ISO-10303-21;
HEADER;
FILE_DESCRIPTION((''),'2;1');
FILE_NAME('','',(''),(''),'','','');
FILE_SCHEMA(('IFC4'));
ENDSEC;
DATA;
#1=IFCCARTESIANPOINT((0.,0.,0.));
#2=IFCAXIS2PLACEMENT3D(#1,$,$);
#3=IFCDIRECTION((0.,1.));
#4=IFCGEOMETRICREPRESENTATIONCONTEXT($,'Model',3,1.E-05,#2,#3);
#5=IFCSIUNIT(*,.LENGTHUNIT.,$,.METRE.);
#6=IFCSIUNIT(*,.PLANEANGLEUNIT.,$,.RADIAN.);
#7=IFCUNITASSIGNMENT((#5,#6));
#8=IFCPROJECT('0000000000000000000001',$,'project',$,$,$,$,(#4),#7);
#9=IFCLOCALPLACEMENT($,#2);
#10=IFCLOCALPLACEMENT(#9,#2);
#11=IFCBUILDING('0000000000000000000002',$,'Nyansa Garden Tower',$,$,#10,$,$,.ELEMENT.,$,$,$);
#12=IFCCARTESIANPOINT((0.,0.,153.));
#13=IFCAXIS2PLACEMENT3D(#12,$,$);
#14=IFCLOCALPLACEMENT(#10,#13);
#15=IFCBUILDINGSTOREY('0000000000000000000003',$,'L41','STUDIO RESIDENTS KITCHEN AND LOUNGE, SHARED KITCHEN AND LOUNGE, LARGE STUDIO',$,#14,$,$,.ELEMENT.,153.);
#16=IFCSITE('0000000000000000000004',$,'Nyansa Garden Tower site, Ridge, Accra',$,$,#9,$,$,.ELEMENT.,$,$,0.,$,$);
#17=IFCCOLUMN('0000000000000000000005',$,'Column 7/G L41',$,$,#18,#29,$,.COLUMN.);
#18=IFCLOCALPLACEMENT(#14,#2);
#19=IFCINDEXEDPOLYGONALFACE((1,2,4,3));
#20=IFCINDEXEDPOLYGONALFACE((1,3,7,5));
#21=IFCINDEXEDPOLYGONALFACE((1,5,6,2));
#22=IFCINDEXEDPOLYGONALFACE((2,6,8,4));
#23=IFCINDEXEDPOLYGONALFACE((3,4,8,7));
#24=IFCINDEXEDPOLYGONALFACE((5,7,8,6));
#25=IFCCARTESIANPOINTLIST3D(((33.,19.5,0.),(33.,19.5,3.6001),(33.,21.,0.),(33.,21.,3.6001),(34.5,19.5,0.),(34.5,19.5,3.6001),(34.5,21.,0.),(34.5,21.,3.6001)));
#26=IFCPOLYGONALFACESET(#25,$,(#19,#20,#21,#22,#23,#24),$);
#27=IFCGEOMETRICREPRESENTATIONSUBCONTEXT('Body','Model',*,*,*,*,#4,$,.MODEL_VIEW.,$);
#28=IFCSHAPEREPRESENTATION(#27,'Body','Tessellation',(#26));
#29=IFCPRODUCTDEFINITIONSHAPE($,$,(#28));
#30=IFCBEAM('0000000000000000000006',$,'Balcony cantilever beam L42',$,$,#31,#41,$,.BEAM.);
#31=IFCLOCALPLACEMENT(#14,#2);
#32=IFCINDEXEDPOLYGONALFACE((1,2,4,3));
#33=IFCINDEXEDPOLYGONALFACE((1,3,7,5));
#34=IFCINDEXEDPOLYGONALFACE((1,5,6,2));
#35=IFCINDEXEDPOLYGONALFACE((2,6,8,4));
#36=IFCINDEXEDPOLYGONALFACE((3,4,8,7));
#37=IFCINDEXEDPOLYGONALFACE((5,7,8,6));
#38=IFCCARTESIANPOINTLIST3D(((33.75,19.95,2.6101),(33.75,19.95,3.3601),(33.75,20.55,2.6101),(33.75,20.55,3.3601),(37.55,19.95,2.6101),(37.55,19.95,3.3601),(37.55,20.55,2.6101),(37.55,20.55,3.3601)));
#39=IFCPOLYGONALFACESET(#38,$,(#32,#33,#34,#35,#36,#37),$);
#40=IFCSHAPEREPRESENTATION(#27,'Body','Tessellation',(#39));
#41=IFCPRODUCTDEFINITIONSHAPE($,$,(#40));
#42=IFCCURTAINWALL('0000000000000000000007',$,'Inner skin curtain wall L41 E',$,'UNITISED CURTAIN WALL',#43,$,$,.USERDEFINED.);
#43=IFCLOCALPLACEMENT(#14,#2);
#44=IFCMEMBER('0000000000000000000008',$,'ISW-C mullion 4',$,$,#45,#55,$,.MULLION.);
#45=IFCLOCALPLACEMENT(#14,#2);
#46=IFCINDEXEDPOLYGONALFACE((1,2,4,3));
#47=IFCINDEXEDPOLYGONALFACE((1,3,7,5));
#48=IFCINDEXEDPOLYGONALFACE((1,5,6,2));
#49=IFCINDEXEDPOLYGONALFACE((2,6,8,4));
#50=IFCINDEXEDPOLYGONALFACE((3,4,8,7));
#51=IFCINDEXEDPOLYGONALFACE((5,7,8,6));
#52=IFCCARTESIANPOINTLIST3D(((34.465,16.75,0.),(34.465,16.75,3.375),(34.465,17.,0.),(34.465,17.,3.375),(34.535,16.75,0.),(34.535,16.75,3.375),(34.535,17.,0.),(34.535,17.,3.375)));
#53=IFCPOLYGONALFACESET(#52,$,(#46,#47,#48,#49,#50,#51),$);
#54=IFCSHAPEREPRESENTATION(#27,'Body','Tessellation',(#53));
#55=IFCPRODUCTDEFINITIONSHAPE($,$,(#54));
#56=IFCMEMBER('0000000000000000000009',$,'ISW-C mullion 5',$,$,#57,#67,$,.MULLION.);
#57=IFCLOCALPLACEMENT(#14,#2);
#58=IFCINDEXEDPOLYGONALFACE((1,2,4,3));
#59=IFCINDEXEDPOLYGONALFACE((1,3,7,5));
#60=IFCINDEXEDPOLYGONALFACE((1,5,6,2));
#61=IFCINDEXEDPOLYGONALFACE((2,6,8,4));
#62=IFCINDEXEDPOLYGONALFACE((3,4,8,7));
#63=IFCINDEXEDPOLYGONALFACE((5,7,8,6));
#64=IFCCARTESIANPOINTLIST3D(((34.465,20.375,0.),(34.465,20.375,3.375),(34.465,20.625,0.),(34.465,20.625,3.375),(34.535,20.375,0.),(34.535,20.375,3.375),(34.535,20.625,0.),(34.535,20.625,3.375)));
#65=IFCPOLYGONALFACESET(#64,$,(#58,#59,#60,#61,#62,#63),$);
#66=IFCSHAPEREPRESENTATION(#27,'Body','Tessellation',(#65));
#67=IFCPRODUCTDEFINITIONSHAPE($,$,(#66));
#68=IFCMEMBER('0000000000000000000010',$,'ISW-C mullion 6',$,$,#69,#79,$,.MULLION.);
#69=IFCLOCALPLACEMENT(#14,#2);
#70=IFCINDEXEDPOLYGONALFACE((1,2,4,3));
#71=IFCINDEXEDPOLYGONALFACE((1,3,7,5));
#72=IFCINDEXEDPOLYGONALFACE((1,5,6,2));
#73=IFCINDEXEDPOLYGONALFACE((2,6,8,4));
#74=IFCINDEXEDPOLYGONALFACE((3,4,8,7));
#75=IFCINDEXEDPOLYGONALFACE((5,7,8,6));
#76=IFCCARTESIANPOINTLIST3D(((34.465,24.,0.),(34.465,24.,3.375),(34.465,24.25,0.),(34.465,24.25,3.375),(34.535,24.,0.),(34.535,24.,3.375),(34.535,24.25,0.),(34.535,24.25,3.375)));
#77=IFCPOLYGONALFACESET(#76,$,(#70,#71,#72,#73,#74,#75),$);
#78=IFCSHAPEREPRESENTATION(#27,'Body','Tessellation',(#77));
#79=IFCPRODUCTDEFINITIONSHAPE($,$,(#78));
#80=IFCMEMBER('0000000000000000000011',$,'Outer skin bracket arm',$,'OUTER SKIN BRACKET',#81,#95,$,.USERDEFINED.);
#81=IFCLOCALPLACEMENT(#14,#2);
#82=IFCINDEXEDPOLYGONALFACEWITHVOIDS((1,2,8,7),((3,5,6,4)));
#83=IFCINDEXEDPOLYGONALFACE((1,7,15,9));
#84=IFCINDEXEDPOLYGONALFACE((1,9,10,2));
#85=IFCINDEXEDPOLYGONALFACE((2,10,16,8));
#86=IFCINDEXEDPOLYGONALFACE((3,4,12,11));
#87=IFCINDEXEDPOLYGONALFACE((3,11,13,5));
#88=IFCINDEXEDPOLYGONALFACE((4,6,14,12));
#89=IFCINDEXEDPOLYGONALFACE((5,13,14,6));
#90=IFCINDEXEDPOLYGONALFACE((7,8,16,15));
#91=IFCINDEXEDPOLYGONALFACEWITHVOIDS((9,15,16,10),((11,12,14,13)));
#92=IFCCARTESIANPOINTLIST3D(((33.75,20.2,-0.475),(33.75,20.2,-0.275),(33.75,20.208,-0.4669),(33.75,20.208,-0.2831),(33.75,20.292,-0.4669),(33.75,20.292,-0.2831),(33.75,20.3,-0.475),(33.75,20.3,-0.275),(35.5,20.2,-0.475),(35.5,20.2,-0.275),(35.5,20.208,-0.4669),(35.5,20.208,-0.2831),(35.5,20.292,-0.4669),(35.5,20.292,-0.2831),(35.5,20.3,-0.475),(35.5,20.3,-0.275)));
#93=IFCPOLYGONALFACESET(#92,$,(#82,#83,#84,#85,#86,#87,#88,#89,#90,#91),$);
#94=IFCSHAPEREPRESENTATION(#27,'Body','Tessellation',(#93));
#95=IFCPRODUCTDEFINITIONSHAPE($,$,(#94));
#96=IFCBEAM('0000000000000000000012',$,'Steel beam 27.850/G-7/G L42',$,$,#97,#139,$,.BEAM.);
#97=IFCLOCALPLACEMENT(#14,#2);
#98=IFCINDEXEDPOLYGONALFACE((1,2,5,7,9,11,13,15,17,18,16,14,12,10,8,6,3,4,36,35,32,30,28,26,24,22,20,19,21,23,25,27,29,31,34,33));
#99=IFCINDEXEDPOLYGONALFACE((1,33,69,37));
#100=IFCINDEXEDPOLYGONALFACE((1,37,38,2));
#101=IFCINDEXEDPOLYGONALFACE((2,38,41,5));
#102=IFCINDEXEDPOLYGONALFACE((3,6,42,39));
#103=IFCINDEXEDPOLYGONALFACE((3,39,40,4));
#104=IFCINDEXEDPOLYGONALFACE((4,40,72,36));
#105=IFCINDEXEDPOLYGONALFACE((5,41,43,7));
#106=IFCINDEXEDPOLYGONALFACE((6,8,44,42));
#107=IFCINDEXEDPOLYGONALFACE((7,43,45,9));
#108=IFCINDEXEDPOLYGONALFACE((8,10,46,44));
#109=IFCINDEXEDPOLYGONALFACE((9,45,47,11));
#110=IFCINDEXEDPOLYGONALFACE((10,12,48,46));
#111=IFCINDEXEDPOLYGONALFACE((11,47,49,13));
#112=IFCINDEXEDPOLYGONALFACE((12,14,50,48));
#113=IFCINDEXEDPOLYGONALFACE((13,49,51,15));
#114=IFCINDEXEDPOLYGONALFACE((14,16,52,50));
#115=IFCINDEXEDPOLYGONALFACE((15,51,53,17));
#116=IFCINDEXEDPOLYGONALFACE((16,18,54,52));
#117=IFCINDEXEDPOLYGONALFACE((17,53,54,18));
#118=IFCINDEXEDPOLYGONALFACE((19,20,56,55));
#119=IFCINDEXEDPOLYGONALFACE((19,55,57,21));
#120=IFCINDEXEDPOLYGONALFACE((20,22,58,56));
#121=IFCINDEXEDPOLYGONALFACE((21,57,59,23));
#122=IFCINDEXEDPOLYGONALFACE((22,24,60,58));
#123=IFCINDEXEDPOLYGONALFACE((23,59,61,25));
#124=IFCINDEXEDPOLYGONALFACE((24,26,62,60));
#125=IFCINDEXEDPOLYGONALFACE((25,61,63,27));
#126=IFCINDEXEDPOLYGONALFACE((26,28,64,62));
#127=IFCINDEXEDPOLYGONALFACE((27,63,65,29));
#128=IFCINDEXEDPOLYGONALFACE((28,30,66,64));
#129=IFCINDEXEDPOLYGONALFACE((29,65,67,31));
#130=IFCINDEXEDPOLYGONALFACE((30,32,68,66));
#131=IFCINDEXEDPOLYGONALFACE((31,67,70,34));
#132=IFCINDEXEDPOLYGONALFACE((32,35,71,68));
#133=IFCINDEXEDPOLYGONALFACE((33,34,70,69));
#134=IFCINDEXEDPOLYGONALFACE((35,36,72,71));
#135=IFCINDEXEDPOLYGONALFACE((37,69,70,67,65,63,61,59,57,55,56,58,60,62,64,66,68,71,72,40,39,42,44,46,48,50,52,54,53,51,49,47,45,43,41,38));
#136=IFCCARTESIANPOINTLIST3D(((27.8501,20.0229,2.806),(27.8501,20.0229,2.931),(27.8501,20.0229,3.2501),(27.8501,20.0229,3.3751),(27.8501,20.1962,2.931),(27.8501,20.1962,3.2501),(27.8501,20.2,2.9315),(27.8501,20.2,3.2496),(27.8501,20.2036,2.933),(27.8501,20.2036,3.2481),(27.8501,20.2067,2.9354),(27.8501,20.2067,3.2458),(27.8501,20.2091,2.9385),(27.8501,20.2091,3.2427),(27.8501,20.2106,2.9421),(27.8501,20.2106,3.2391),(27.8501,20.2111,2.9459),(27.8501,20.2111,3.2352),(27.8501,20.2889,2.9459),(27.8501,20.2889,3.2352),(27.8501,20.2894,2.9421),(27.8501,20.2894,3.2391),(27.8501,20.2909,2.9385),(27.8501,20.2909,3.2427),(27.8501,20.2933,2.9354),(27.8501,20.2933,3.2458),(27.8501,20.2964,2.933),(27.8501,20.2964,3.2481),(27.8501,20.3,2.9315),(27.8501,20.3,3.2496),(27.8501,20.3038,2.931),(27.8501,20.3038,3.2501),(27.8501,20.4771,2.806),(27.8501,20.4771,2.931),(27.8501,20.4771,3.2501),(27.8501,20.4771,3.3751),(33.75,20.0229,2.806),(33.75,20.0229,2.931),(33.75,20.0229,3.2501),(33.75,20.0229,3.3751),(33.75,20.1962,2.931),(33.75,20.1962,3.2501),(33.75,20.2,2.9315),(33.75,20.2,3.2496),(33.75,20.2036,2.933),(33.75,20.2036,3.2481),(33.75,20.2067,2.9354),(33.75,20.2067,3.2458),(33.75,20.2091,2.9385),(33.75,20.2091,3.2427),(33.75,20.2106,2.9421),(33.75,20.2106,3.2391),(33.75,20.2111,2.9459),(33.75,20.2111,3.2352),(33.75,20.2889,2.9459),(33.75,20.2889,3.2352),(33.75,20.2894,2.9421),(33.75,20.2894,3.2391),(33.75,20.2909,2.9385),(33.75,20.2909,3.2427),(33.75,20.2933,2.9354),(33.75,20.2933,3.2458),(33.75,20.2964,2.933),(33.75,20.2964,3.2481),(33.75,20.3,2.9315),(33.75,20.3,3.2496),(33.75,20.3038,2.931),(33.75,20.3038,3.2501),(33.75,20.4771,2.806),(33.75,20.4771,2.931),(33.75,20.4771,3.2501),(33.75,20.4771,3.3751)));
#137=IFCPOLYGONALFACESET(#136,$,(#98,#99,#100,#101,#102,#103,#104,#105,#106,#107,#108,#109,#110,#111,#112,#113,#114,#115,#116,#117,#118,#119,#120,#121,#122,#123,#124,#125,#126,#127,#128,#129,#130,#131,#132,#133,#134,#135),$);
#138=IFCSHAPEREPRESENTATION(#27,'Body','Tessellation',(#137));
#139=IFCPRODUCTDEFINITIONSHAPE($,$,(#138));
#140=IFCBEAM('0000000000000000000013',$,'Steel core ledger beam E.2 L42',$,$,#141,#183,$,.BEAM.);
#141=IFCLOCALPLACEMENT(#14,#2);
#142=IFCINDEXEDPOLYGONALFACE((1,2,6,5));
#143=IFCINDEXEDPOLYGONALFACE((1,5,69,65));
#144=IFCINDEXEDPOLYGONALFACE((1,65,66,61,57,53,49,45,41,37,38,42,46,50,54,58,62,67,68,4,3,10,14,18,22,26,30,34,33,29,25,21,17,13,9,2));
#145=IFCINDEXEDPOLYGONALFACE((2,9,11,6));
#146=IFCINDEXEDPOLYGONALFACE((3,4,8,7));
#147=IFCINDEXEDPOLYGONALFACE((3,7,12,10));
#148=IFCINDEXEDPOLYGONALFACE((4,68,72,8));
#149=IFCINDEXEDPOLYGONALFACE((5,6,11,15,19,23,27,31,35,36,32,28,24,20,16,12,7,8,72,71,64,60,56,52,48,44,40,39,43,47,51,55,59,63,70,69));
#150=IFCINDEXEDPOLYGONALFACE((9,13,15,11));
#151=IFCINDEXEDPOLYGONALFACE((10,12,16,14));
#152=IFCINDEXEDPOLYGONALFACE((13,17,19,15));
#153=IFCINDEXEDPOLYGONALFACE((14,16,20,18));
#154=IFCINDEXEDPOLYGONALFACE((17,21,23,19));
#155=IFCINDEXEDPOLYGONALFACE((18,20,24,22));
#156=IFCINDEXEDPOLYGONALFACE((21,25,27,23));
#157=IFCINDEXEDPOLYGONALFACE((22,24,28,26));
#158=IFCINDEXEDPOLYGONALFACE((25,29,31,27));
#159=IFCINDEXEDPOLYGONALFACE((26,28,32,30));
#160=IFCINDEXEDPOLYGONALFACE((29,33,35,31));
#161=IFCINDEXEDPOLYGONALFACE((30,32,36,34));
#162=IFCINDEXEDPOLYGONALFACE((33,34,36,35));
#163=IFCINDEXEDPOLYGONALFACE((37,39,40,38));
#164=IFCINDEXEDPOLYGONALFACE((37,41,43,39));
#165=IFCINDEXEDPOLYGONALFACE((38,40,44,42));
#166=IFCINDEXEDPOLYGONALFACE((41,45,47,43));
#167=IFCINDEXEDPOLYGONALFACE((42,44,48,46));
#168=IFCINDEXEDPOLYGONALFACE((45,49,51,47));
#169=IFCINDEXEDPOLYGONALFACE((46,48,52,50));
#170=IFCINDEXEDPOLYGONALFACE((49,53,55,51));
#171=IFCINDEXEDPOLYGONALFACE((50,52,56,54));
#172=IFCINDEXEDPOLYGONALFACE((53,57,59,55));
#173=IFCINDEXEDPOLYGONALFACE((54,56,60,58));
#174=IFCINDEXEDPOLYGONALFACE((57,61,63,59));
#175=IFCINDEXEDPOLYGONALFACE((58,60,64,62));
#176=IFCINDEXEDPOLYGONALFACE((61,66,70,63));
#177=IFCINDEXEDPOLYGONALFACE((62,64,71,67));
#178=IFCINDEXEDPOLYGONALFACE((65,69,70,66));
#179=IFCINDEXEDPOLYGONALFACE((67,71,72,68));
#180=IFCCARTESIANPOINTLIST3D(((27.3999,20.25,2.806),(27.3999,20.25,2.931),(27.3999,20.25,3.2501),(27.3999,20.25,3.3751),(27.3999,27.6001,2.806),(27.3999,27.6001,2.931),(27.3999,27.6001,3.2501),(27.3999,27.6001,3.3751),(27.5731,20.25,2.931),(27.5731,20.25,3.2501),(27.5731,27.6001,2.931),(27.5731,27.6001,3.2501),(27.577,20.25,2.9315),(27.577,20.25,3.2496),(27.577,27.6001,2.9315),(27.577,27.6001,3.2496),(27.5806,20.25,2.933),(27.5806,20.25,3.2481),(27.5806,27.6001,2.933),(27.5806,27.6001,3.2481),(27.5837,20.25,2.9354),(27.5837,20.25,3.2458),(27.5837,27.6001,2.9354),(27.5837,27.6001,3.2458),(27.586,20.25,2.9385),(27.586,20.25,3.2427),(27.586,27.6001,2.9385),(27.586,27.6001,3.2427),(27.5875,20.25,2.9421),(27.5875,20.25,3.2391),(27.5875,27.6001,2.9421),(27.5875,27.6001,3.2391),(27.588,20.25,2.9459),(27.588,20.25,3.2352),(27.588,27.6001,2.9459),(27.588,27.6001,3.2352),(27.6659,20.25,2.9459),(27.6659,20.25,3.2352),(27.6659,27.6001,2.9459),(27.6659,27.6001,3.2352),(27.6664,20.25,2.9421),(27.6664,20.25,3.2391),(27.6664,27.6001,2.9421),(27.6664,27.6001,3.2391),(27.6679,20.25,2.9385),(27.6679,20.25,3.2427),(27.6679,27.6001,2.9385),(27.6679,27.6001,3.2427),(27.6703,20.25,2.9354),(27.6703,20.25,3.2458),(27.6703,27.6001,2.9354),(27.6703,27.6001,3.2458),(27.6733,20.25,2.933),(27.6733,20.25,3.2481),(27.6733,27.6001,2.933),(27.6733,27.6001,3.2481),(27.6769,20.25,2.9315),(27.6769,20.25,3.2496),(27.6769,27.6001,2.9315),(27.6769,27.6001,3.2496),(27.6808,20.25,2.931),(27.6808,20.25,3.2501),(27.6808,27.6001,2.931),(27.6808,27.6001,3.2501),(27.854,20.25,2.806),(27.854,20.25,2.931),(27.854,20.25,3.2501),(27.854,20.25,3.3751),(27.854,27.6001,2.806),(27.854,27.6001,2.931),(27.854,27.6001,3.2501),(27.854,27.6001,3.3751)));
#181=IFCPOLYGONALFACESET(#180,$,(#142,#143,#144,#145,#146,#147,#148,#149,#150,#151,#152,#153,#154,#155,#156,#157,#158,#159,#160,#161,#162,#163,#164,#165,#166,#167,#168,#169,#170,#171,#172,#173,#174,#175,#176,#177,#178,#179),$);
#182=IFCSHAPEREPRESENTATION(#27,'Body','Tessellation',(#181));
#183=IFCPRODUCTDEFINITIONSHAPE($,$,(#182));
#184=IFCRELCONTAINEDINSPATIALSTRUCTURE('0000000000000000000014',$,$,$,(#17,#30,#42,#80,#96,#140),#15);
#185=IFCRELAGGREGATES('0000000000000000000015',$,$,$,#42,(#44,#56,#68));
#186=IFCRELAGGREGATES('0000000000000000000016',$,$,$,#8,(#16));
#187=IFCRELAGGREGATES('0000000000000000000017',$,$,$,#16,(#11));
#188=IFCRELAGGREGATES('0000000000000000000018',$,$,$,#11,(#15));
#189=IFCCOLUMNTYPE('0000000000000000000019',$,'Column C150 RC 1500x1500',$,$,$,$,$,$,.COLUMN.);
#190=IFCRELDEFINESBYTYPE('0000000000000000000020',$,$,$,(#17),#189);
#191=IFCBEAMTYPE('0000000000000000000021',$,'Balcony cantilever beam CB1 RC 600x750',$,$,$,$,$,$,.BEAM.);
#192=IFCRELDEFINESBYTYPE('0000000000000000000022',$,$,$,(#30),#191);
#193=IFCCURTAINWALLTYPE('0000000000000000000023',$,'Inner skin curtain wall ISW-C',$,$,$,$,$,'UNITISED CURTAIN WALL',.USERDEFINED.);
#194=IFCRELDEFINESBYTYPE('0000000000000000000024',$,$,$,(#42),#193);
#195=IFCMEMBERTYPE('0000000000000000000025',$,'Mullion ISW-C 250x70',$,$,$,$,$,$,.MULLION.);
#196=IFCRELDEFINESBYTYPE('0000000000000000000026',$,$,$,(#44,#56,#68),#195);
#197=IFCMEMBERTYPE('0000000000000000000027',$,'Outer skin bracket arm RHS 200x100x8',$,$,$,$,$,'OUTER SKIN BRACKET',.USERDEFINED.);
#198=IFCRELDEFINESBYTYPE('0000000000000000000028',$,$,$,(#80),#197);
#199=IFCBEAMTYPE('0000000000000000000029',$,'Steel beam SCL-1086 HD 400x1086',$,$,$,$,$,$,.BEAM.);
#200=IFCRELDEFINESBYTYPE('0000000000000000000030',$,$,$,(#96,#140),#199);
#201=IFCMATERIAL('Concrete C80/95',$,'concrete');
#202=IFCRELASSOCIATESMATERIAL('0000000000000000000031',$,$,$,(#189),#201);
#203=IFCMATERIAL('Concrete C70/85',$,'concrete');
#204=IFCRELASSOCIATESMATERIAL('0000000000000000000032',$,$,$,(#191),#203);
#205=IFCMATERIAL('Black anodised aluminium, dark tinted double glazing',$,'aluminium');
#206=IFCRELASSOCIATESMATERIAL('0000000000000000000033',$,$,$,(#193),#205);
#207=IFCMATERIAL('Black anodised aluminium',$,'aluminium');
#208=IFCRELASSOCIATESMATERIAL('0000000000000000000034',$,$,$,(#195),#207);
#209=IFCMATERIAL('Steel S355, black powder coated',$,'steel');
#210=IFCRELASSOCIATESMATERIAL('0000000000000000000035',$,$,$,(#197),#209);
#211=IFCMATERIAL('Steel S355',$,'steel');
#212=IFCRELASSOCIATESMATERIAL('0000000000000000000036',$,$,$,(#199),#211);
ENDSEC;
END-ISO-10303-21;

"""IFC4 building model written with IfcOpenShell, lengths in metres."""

from ifc_helpers import new_model, si_unit, direction, frame, origin, origin_2d, place, context, subcontext, project, spatial, rectangle, hollow_rectangle, i_section, extrude, material, material_profile, profile_set, type_object, element, aggregate, save


model = new_model("IFC4")

# Units and contexts
model_context = context("Model", 3, precision=1e-05, world=origin(), true_north=direction((0.0, 1.0)))
body_context = subcontext(model_context, "Body", "Model", "MODEL_VIEW")
ifc_project = project(units=[si_unit("LENGTHUNIT", "METRE"), si_unit("PLANEANGLEUNIT", "RADIAN")], contexts=[model_context])

# Site, building, storey
site_placement = place(None, origin())
site = spatial("IfcSite", under=ifc_project, at=site_placement, Name="Nyansa Garden Tower site, Ridge, Accra", CompositionType="ELEMENT", RefElevation=0.0)
building_placement = place(site_placement, origin())
building = spatial("IfcBuilding", under=site, at=building_placement, Name="Nyansa Garden Tower", CompositionType="ELEMENT")
storey_placement = place(building_placement, frame((0.0, 0.0, 153.0)))
storey = spatial("IfcBuildingStorey", under=building, at=storey_placement, Name="L41", Description="STUDIO RESIDENTS KITCHEN AND LOUNGE, SHARED KITCHEN AND LOUNGE, LARGE STUDIO", CompositionType="ELEMENT", Elevation=153.0)

# Column
ifc_material_1 = material(Name="Concrete C80/95", Category="concrete")
ifc_material_profile_1 = material_profile(ifc_material_1, rectangle(XDim=1.5, YDim=1.5, at=origin_2d()), Name="RC 1500x1500")
ifc_profile_set_1 = profile_set([ifc_material_profile_1], Name="Concrete C80/95")
column_type = type_object("IfcColumnType", Name="Column C150 RC 1500x1500", PredefinedType="COLUMN", material=ifc_profile_set_1)
column_placement = place(storey_placement, frame((33.75, 20.25, 0.0), z_axis=(0.0, 0.0, 1.0), x_axis=(1.0, 0.0, 0.0)))
element("IfcColumn", 1, at=column_placement, inside=storey, type_object=column_type, Name="Column 7/G L41", PredefinedType="COLUMN", context=body_context, shape_type="SweptSolid", body=[
    extrude(rectangle(XDim=1.5, YDim=1.5, at=origin_2d()), origin(), (0.0, 0.0, 1.0), 3.6001),
])

# Beam
ifc_material_2 = material(Name="Concrete C70/85", Category="concrete")
ifc_material_profile_2 = material_profile(ifc_material_2, rectangle(XDim=0.6001, YDim=0.75, at=origin_2d()), Name="RC 600x750")
ifc_profile_set_2 = profile_set([ifc_material_profile_2], Name="Concrete C70/85")
beam_type_1 = type_object("IfcBeamType", Name="Balcony cantilever beam CB1 RC 600x750", PredefinedType="BEAM", material=ifc_profile_set_2)
beam_1_placement = place(storey_placement, frame((33.75, 20.25, 2.9851), z_axis=(1.0, 0.0, 0.0), x_axis=(0.0, 1.0, 0.0)))
element("IfcBeam", 2, at=beam_1_placement, inside=storey, type_object=beam_type_1, Name="Balcony cantilever beam L42", PredefinedType="BEAM", context=body_context, shape_type="SweptSolid", body=[
    extrude(rectangle(XDim=0.6001, YDim=0.75, at=origin_2d()), origin(), (0.0, 0.0, 1.0), 3.8),
])

# Curtain wall, members
ifc_material_3 = material(Name="Black anodised aluminium, dark tinted double glazing", Category="aluminium")
curtain_wall_type = type_object("IfcCurtainWallType", Name="Inner skin curtain wall ISW-C", ElementType="UNITISED CURTAIN WALL", PredefinedType="USERDEFINED", material=ifc_material_3)
curtain_wall_placement = place(storey_placement, origin())
curtain_wall = element("IfcCurtainWall", 3, at=curtain_wall_placement, inside=storey, type_object=curtain_wall_type, Name="Inner skin curtain wall L41 E", ObjectType="UNITISED CURTAIN WALL", PredefinedType="USERDEFINED")
ifc_material_4 = material(Name="Black anodised aluminium", Category="aluminium")
ifc_material_profile_3 = material_profile(ifc_material_4, rectangle(XDim=0.0701, YDim=0.25, at=origin_2d()), Name="Mullion 250x70")
ifc_profile_set_3 = profile_set([ifc_material_profile_3], Name="Black anodised aluminium")
member_type_1 = type_object("IfcMemberType", Name="Mullion ISW-C 250x70", PredefinedType="MULLION", material=ifc_profile_set_3)
member_1_placement = place(storey_placement, frame((34.5, 16.875, 0.0), z_axis=(0.0, 0.0, 1.0), x_axis=(-1.0, 0.0, 0.0)))
member_1 = element("IfcMember", 4, at=member_1_placement, type_object=member_type_1, Name="ISW-C mullion 4", PredefinedType="MULLION", context=body_context, shape_type="SweptSolid", body=[
    extrude(rectangle(XDim=0.0701, YDim=0.25, at=origin_2d()), origin(), (0.0, 0.0, 1.0), 3.375),
])
member_2_placement = place(storey_placement, frame((34.5, 20.5, 0.0), z_axis=(0.0, 0.0, 1.0), x_axis=(-1.0, 0.0, 0.0)))
member_2 = element("IfcMember", 5, at=member_2_placement, type_object=member_type_1, Name="ISW-C mullion 5", PredefinedType="MULLION", context=body_context, shape_type="SweptSolid", body=[
    extrude(rectangle(XDim=0.0701, YDim=0.25, at=origin_2d()), origin(), (0.0, 0.0, 1.0), 3.375),
])
member_3_placement = place(storey_placement, frame((34.5, 24.125, 0.0), z_axis=(0.0, 0.0, 1.0), x_axis=(-1.0, 0.0, 0.0)))
member_3 = element("IfcMember", 6, at=member_3_placement, type_object=member_type_1, Name="ISW-C mullion 6", PredefinedType="MULLION", context=body_context, shape_type="SweptSolid", body=[
    extrude(rectangle(XDim=0.0701, YDim=0.25, at=origin_2d()), origin(), (0.0, 0.0, 1.0), 3.375),
])

# Member
ifc_material_5 = material(Name="Steel S355, black powder coated", Category="steel")
ifc_material_profile_4 = material_profile(ifc_material_5, hollow_rectangle(XDim=0.1001, YDim=0.2, WallThickness=0.0081, at=origin_2d()), Name="RHS 200x100x8")
ifc_profile_set_4 = profile_set([ifc_material_profile_4], Name="Steel S355, black powder coated")
member_type_2 = type_object("IfcMemberType", Name="Outer skin bracket arm RHS 200x100x8", ElementType="OUTER SKIN BRACKET", PredefinedType="USERDEFINED", material=ifc_profile_set_4)
member_4_placement = place(storey_placement, frame((33.75, 20.25, -0.375), z_axis=(1.0, 0.0, 0.0), x_axis=(0.0, 1.0, 0.0)))
element("IfcMember", 7, at=member_4_placement, inside=storey, type_object=member_type_2, Name="Outer skin bracket arm", ObjectType="OUTER SKIN BRACKET", PredefinedType="USERDEFINED", context=body_context, shape_type="SweptSolid", body=[
    extrude(hollow_rectangle(XDim=0.1001, YDim=0.2, WallThickness=0.0081, at=origin_2d()), origin(), (0.0, 0.0, 1.0), 1.75),
])

# Beams
ifc_material_6 = material(Name="Steel S355", Category="steel")
ifc_material_profile_5 = material_profile(ifc_material_6, i_section(OverallWidth=0.4541, OverallDepth=0.5691, WebThickness=0.0779, FlangeThickness=0.125, FilletRadius=0.0149, at=origin_2d()), Name="HD 400x1086")
ifc_profile_set_5 = profile_set([ifc_material_profile_5], Name="Steel S355")
beam_type_2 = type_object("IfcBeamType", Name="Steel beam SCL-1086 HD 400x1086", PredefinedType="BEAM", material=ifc_profile_set_5)
beam_2_placement = place(storey_placement, frame((27.8501, 20.25, 3.0906), z_axis=(1.0, 0.0, 0.0), x_axis=(0.0, 1.0, 0.0)))
element("IfcBeam", 8, at=beam_2_placement, inside=storey, type_object=beam_type_2, Name="Steel beam 27.850/G-7/G L42", PredefinedType="BEAM", context=body_context, shape_type="SweptSolid", body=[
    extrude(i_section(OverallWidth=0.4541, OverallDepth=0.5691, WebThickness=0.0779, FlangeThickness=0.125, FilletRadius=0.0149, at=origin_2d()), origin(), (0.0, 0.0, 1.0), 5.8999),
])
beam_3_placement = place(storey_placement, frame((27.627, 20.25, 3.0906), z_axis=(0.0, 1.0, 0.0), x_axis=(-1.0, 0.0, 0.0)))
element("IfcBeam", 9, at=beam_3_placement, inside=storey, type_object=beam_type_2, Name="Steel core ledger beam E.2 L42", PredefinedType="BEAM", context=body_context, shape_type="SweptSolid", body=[
    extrude(i_section(OverallWidth=0.4541, OverallDepth=0.5691, WebThickness=0.0779, FlangeThickness=0.125, FilletRadius=0.0149, at=origin_2d()), origin(), (0.0, 0.0, 1.0), 7.3501),
])

aggregate(curtain_wall, [member_1, member_2, member_3])

save(model, "model.ifc")
